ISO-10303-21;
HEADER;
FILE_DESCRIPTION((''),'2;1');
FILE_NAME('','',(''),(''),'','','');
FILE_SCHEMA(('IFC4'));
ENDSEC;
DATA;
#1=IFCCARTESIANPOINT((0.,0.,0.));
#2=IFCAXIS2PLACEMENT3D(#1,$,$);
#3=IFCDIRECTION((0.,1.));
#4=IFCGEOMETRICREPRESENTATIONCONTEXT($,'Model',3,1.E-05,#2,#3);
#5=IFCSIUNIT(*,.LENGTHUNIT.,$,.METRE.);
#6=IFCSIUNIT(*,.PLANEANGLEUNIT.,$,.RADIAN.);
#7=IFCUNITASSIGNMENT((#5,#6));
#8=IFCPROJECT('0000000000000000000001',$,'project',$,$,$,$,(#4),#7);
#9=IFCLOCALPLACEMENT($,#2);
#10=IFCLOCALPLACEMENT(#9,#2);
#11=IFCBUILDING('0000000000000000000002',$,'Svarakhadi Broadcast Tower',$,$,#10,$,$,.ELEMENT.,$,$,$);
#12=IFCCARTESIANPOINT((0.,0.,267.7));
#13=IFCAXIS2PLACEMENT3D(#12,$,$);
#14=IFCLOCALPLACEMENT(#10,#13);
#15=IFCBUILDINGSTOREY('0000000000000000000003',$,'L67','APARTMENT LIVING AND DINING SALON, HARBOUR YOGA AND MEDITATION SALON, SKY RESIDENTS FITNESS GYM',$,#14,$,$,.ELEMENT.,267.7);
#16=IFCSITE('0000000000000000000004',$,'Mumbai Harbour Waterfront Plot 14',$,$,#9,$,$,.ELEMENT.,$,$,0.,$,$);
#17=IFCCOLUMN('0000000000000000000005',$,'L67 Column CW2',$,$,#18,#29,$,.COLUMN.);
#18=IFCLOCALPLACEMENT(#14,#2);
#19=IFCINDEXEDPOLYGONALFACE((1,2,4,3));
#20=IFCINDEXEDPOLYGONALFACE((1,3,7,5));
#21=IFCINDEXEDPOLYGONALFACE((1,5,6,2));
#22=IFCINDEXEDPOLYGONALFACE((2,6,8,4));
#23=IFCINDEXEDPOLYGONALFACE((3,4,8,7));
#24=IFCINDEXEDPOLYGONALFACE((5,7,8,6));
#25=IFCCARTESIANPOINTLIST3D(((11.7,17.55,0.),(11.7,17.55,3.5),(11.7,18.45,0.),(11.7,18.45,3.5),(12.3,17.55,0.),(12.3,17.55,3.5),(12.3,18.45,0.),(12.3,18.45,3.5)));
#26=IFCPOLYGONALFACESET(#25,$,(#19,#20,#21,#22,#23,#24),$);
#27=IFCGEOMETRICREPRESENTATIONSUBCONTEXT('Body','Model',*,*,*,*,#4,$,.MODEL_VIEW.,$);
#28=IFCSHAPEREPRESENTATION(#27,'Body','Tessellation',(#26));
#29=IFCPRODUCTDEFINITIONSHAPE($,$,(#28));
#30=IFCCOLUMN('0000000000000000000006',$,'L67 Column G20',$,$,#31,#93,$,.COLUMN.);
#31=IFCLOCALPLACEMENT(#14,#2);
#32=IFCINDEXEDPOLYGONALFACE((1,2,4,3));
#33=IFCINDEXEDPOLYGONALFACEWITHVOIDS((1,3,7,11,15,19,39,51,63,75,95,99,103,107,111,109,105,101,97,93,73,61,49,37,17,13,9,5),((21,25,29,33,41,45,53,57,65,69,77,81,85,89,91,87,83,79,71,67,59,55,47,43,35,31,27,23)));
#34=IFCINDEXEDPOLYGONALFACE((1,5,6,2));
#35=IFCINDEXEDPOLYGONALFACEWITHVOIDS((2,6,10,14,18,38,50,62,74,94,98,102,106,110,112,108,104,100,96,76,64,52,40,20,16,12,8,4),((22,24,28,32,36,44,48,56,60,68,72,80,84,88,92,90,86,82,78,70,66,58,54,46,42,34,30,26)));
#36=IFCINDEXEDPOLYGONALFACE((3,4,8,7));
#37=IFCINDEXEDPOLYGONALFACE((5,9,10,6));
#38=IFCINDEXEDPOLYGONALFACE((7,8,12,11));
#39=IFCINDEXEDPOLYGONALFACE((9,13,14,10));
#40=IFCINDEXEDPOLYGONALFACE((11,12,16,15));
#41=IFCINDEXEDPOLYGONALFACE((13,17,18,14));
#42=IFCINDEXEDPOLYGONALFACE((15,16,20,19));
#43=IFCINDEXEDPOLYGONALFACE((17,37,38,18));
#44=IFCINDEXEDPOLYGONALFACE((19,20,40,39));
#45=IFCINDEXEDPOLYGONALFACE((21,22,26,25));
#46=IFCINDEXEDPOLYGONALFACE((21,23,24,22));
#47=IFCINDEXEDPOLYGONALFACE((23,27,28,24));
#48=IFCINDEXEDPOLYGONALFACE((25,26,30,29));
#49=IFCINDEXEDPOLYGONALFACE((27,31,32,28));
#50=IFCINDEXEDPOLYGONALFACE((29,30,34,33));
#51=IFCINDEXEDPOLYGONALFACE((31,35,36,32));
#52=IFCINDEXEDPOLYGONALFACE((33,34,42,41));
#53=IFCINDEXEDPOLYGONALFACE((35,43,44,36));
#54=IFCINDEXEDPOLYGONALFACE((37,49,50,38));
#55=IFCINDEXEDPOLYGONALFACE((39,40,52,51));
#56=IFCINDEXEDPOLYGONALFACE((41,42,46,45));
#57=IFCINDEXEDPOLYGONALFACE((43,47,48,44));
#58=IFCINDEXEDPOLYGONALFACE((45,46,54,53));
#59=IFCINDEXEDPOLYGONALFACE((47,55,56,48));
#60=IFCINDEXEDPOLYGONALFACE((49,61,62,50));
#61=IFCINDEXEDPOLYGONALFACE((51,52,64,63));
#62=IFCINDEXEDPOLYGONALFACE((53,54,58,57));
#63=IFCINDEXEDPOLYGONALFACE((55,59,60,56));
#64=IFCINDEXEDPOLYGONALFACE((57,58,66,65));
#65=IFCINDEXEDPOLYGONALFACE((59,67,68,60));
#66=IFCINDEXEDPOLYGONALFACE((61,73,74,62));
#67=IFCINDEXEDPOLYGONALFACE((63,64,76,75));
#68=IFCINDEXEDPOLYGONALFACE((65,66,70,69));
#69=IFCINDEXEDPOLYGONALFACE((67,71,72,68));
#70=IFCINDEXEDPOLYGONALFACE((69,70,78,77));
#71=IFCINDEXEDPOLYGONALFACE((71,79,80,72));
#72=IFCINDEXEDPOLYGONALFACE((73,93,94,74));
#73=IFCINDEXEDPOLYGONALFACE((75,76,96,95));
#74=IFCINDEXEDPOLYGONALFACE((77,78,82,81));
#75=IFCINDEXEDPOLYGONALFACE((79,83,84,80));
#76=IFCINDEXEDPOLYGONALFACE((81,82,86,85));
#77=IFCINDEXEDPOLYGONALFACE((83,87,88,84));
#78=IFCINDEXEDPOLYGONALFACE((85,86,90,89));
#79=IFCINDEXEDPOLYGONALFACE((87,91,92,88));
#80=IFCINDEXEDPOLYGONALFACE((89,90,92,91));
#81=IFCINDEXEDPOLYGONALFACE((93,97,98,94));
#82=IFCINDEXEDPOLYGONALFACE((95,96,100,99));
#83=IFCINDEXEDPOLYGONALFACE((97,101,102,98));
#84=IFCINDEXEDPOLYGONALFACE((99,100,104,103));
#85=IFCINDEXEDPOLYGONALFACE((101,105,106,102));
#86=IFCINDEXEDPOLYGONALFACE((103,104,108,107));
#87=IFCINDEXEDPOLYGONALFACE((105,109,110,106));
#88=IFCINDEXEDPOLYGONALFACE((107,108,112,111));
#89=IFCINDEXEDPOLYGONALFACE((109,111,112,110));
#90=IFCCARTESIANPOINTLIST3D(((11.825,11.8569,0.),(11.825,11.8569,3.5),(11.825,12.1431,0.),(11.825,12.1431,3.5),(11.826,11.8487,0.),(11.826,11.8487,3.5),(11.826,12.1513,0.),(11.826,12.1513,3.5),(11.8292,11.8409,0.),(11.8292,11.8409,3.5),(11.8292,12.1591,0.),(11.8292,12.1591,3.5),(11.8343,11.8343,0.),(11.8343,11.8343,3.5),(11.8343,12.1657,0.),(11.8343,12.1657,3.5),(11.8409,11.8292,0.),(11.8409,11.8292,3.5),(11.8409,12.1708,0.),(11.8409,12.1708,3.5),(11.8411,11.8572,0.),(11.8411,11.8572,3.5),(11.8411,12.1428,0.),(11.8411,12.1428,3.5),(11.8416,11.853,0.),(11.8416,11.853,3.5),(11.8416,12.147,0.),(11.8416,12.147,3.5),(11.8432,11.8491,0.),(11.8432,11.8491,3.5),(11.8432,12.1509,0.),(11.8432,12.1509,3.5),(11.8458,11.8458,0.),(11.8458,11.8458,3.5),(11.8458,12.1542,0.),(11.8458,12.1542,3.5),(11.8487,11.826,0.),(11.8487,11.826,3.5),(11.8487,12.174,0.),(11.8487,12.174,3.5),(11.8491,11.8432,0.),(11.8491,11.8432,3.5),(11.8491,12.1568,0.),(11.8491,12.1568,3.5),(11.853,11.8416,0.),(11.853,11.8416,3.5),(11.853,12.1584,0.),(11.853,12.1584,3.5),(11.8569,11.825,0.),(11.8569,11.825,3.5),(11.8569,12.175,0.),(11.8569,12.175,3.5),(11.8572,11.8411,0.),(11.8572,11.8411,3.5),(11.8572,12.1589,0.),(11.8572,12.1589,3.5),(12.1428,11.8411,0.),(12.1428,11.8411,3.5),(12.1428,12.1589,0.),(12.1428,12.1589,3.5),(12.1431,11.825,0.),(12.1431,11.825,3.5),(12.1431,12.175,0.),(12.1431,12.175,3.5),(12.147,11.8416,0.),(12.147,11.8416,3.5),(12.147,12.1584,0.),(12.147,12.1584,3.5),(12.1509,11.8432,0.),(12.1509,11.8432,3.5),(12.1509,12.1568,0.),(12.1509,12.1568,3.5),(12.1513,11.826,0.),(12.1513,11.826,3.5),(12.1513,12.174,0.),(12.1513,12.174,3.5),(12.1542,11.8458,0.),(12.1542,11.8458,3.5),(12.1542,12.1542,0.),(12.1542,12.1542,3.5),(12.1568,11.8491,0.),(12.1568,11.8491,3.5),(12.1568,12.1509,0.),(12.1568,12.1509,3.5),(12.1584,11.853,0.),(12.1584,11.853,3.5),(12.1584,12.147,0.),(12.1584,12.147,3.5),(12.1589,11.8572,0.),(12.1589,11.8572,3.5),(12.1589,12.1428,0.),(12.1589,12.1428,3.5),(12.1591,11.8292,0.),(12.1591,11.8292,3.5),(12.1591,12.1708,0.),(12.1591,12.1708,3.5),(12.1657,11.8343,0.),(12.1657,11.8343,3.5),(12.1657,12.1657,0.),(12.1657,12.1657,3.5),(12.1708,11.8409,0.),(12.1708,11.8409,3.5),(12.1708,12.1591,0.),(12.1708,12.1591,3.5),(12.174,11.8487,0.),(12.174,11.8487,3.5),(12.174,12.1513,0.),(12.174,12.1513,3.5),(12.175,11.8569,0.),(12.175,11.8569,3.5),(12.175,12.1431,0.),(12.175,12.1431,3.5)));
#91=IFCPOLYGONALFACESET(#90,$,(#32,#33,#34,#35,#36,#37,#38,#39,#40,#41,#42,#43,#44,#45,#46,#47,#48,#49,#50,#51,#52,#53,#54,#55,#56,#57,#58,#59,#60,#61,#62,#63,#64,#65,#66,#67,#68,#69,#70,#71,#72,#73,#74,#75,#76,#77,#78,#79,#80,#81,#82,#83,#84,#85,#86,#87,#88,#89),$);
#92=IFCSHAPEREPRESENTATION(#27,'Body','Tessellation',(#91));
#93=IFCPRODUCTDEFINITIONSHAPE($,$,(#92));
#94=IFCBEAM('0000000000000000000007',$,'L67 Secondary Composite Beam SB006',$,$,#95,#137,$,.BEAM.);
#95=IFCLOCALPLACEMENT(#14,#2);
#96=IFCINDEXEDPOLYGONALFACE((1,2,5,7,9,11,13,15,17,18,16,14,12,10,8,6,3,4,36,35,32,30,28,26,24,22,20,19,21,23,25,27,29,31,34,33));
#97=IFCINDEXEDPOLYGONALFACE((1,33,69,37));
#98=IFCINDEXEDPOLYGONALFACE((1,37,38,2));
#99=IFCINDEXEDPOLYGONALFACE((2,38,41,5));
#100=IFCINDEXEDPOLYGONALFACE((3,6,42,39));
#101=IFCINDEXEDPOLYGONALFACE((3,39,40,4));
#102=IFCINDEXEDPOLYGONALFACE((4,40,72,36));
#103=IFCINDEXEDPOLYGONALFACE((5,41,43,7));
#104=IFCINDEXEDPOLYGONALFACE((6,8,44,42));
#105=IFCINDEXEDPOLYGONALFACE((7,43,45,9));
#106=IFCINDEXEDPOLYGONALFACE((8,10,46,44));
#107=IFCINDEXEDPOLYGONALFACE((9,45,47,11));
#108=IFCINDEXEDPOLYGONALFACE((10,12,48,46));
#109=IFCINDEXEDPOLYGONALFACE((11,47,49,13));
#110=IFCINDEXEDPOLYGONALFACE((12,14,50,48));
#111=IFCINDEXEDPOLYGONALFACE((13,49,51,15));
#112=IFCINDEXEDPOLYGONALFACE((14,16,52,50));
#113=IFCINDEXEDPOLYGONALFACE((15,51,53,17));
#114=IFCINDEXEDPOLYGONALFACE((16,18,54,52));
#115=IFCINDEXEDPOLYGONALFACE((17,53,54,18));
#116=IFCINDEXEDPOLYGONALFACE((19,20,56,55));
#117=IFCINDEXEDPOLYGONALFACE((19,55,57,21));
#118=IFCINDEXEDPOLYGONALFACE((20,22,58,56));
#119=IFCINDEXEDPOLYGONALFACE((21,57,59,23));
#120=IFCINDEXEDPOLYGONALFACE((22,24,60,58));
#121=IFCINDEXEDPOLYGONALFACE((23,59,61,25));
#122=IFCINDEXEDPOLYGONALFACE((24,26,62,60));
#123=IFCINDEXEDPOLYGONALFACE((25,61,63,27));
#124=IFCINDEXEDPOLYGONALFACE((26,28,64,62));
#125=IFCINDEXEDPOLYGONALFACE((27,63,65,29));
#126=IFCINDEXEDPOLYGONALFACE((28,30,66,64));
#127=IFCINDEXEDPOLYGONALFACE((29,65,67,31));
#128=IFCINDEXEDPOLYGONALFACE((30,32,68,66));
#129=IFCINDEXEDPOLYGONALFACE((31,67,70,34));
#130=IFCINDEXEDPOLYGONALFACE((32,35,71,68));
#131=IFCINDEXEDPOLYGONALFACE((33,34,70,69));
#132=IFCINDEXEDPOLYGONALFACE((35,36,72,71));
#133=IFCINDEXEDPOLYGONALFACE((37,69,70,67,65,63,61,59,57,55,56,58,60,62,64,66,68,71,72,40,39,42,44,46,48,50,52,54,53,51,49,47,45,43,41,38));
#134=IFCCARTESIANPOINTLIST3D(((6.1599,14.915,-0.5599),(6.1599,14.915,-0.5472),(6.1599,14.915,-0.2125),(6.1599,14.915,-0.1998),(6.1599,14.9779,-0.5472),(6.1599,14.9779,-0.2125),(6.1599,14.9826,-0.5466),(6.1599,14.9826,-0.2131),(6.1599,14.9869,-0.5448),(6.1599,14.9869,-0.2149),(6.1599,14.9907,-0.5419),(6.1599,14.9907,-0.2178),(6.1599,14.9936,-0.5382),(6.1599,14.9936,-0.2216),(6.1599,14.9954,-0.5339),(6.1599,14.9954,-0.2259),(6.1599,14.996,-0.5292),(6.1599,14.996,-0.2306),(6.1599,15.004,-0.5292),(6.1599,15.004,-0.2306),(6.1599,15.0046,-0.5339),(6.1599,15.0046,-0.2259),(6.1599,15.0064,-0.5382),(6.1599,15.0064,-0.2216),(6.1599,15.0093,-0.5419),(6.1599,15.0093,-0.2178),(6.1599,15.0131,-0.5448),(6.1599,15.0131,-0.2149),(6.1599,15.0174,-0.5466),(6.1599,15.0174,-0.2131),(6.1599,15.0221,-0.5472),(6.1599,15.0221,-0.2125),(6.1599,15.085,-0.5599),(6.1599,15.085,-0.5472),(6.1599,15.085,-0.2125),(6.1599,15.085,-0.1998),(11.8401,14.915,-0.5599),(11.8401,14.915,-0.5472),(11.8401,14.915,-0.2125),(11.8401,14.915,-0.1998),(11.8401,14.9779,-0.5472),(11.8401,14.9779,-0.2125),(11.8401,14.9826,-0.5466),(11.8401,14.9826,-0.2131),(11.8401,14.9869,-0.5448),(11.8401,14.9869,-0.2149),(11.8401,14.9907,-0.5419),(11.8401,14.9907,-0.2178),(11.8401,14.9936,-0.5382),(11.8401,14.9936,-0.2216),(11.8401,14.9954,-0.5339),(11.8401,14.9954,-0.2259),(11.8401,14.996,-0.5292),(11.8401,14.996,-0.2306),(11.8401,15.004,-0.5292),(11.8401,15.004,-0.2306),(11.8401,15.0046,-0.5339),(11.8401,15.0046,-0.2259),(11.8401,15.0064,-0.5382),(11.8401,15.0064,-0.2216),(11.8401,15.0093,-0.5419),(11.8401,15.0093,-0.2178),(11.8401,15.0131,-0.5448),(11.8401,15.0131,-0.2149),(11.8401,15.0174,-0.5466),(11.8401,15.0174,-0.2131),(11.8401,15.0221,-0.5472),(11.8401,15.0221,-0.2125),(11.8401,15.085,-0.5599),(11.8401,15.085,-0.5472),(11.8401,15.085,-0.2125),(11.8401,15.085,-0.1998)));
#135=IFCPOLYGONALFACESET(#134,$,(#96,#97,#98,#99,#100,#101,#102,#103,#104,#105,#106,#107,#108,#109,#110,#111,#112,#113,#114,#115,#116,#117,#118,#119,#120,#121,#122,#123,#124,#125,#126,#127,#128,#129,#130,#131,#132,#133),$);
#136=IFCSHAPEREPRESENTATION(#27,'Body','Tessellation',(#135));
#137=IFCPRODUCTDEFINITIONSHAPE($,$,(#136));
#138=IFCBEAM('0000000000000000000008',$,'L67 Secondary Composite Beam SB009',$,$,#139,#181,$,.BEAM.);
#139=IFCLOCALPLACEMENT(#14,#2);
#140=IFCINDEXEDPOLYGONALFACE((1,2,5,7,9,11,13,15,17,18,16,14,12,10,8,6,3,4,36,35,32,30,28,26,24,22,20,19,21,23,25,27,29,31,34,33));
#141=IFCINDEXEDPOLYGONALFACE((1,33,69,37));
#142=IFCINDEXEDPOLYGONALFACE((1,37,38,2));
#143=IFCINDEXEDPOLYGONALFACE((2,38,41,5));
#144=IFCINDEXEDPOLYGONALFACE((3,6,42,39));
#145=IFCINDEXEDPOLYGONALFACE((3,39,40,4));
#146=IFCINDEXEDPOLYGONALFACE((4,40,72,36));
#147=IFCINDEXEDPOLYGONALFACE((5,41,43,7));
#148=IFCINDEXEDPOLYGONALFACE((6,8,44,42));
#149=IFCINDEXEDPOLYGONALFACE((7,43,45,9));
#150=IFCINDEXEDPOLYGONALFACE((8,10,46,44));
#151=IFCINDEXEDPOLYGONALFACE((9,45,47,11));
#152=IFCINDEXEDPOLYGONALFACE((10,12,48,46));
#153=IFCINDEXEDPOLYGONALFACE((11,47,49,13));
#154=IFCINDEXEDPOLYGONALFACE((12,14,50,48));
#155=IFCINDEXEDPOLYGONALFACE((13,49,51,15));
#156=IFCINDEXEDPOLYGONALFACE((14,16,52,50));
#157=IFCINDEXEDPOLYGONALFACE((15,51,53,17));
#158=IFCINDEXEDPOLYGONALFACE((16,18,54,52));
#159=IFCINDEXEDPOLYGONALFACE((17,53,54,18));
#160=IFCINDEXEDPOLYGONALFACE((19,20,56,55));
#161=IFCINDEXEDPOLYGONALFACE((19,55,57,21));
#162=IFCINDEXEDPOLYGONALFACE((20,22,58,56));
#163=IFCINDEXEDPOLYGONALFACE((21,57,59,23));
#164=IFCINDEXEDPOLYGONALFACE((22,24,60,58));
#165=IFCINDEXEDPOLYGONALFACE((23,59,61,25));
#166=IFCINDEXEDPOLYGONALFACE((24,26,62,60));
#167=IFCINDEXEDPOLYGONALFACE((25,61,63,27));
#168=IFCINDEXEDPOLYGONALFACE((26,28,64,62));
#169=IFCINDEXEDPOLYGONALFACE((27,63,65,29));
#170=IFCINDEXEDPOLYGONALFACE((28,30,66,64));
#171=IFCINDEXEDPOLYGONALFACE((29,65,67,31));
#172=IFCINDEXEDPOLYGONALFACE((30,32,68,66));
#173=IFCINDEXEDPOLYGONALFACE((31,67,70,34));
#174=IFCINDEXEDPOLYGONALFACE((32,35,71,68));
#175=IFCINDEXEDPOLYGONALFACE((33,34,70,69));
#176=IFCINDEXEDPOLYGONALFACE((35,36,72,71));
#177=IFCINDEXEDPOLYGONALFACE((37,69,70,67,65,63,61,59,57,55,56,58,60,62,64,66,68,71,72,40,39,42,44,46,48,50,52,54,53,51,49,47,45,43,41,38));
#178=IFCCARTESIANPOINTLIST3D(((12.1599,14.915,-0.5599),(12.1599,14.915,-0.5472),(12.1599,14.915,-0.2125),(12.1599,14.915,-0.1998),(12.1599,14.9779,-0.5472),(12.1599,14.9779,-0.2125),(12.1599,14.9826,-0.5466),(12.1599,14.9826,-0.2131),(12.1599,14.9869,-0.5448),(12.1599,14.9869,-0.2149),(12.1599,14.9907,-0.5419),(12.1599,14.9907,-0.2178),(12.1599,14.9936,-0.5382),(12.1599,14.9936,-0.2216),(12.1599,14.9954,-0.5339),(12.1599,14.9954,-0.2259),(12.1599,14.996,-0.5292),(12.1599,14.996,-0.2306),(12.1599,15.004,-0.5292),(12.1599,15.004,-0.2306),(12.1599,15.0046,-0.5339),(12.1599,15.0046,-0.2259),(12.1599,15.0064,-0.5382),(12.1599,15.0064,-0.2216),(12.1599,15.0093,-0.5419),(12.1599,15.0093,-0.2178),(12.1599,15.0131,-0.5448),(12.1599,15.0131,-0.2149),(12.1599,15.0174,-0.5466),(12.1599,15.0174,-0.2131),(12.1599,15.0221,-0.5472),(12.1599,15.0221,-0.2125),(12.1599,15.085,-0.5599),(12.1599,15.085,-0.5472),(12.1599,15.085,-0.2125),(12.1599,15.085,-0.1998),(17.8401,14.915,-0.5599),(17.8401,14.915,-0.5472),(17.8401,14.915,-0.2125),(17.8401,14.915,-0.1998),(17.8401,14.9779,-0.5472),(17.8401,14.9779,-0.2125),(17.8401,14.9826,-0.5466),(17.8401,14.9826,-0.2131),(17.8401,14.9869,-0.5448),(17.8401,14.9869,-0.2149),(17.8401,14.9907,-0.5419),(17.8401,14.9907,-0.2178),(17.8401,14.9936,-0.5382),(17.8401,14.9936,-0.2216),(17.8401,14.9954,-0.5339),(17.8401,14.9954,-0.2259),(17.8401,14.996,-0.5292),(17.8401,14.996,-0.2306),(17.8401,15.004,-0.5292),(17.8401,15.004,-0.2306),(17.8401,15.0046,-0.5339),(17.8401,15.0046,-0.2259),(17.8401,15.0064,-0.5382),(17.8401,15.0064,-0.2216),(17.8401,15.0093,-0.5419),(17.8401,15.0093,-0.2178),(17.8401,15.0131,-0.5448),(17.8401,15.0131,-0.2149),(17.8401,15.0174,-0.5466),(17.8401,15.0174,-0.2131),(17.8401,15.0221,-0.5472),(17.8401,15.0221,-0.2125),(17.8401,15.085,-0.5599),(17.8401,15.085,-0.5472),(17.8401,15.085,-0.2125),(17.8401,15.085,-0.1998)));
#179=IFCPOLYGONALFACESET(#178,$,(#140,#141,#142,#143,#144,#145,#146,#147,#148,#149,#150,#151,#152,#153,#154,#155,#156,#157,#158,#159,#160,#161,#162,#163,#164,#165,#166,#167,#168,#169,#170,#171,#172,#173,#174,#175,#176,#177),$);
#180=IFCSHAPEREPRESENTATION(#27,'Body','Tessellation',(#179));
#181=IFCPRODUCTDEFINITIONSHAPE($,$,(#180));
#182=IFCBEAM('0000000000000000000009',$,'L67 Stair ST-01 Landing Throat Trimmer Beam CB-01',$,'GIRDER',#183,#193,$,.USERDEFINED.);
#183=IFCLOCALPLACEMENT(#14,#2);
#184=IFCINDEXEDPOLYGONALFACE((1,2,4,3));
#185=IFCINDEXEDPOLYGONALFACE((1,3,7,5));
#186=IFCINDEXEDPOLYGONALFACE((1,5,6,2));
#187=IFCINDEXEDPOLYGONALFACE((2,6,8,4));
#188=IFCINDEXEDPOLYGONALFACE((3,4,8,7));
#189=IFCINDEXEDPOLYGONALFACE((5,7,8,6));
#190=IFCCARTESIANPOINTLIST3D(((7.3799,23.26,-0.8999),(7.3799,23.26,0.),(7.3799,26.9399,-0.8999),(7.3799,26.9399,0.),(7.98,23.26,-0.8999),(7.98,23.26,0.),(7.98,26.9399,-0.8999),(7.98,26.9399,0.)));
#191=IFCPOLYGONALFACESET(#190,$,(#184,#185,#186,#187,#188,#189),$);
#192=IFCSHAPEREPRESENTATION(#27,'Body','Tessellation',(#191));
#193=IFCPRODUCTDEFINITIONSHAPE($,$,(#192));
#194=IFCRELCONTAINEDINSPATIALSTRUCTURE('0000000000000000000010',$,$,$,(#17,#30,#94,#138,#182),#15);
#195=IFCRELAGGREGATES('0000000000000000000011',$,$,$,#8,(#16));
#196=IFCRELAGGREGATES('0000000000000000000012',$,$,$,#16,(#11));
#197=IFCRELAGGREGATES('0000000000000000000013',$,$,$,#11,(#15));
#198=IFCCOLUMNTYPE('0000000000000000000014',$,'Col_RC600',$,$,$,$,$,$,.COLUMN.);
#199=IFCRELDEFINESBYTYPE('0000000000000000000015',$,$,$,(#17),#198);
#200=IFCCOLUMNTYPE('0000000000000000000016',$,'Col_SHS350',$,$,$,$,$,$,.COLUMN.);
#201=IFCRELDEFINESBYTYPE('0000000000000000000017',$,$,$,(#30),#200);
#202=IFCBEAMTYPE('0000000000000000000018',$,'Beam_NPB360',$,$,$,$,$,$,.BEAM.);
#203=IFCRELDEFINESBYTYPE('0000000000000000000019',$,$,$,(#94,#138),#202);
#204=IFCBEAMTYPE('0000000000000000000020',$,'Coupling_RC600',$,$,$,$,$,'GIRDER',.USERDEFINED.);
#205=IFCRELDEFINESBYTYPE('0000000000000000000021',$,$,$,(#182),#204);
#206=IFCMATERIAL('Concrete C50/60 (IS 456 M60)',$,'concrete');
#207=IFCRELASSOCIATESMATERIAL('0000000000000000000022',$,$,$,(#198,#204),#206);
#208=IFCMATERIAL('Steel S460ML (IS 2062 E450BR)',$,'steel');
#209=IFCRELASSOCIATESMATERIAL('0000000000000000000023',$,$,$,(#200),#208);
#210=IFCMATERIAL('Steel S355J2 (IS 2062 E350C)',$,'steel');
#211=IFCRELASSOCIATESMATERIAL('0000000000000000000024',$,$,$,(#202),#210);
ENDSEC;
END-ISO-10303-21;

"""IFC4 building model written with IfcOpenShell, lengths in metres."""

from ifc_helpers import new_model, si_unit, direction, frame, origin, origin_2d, place, context, subcontext, project, spatial, rectangle, hollow_rectangle, i_section, extrude, material, material_profile, profile_set, type_object, element, save


model = new_model("IFC4")

# Units and contexts
model_context = context("Model", 3, precision=1e-05, world=origin(), true_north=direction((0.0, 1.0)))
body_context = subcontext(model_context, "Body", "Model", "MODEL_VIEW")
ifc_project = project(units=[si_unit("LENGTHUNIT", "METRE"), si_unit("PLANEANGLEUNIT", "RADIAN")], contexts=[model_context])

# Site, building, storey
site_placement = place(None, origin())
site = spatial("IfcSite", under=ifc_project, at=site_placement, Name="Mumbai Harbour Waterfront Plot 14", CompositionType="ELEMENT", RefElevation=0.0)
building_placement = place(site_placement, origin())
building = spatial("IfcBuilding", under=site, at=building_placement, Name="Svarakhadi Broadcast Tower", CompositionType="ELEMENT")
storey_placement = place(building_placement, frame((0.0, 0.0, 267.7)))
storey = spatial("IfcBuildingStorey", under=building, at=storey_placement, Name="L67", Description="APARTMENT LIVING AND DINING SALON, HARBOUR YOGA AND MEDITATION SALON, SKY RESIDENTS FITNESS GYM", CompositionType="ELEMENT", Elevation=267.7)

# Columns
ifc_material_1 = material(Name="Concrete C50/60 (IS 456 M60)", Category="concrete")
ifc_material_profile_1 = material_profile(ifc_material_1, rectangle(XDim=0.6001, YDim=0.8999, at=origin_2d()), Name="RC 600x900")
ifc_profile_set_1 = profile_set([ifc_material_profile_1], Name="Concrete C50/60 (IS 456 M60)")
column_type_1 = type_object("IfcColumnType", Name="Col_RC600", PredefinedType="COLUMN", material=ifc_profile_set_1)
column_1_placement = place(storey_placement, frame((12.0, 18.0, 0.0), z_axis=(0.0, 0.0, 1.0), x_axis=(1.0, 0.0, 0.0)))
element("IfcColumn", 1, at=column_1_placement, inside=storey, type_object=column_type_1, Name="L67 Column CW2", PredefinedType="COLUMN", context=body_context, shape_type="SweptSolid", body=[
    extrude(rectangle(XDim=0.6001, YDim=0.8999, at=origin_2d()), origin(), (0.0, 0.0, 1.0), 3.5),
])
ifc_material_2 = material(Name="Steel S460ML (IS 2062 E450BR)", Category="steel")
ifc_material_profile_2 = material_profile(ifc_material_2, hollow_rectangle(XDim=0.3501, YDim=0.3501, WallThickness=0.0161, InnerFilletRadius=0.0161, OuterFilletRadius=0.032, at=origin_2d()), Name="SHS 350x350x16")
ifc_profile_set_2 = profile_set([ifc_material_profile_2], Name="Steel S460ML (IS 2062 E450BR)")
column_type_2 = type_object("IfcColumnType", Name="Col_SHS350", PredefinedType="COLUMN", material=ifc_profile_set_2)
column_2_placement = place(storey_placement, frame((12.0, 12.0, 0.0), z_axis=(0.0, 0.0, 1.0), x_axis=(1.0, 0.0, 0.0)))
element("IfcColumn", 2, at=column_2_placement, inside=storey, type_object=column_type_2, Name="L67 Column G20", PredefinedType="COLUMN", context=body_context, shape_type="SweptSolid", body=[
    extrude(hollow_rectangle(XDim=0.3501, YDim=0.3501, WallThickness=0.0161, InnerFilletRadius=0.0161, OuterFilletRadius=0.032, at=origin_2d()), origin(), (0.0, 0.0, 1.0), 3.5),
])

# Beams
ifc_material_3 = material(Name="Steel S355J2 (IS 2062 E350C)", Category="steel")
ifc_material_profile_3 = material_profile(ifc_material_3, i_section(OverallWidth=0.1699, OverallDepth=0.3601, WebThickness=0.0081, FlangeThickness=0.0127, FilletRadius=0.0181, at=origin_2d()), Name="NPB 360x170x57")
ifc_profile_set_3 = profile_set([ifc_material_profile_3], Name="Steel S355J2 (IS 2062 E350C)")
beam_type_1 = type_object("IfcBeamType", Name="Beam_NPB360", PredefinedType="BEAM", material=ifc_profile_set_3)
for number, where, z_axis, x_axis, name in (
    (3, (6.1599, 15.0, -0.3799), (1.0, 0.0, 0.0), (0.0, 1.0, 0.0), "L67 Secondary Composite Beam SB006"),
    (4, (12.1599, 15.0, -0.3799), (1.0, 0.0, 0.0), (0.0, 1.0, 0.0), "L67 Secondary Composite Beam SB009"),
):
    element("IfcBeam", number, at=place(storey_placement, frame(where, z_axis=z_axis, x_axis=x_axis)), inside=storey, type_object=beam_type_1, Name=name, PredefinedType="BEAM", context=body_context, shape_type="SweptSolid", body=[
        extrude(i_section(OverallWidth=0.1699, OverallDepth=0.3601, WebThickness=0.0081, FlangeThickness=0.0127, FilletRadius=0.0181, at=origin_2d()), origin(), (0.0, 0.0, 1.0), 5.6802),
    ])
ifc_material_profile_4 = material_profile(ifc_material_1, rectangle(XDim=0.6001, YDim=0.8999, at=origin_2d()), Name="RC 600x900")
ifc_profile_set_4 = profile_set([ifc_material_profile_4], Name="Concrete C50/60 (IS 456 M60)")
beam_type_2 = type_object("IfcBeamType", Name="Coupling_RC600", ElementType="GIRDER", PredefinedType="USERDEFINED", material=ifc_profile_set_4)
beam_placement = place(storey_placement, frame((7.6799, 23.26, -0.45), z_axis=(0.0, 1.0, 0.0), x_axis=(-1.0, 0.0, 0.0)))
element("IfcBeam", 5, at=beam_placement, inside=storey, type_object=beam_type_2, Name="L67 Stair ST-01 Landing Throat Trimmer Beam CB-01", ObjectType="GIRDER", PredefinedType="USERDEFINED", context=body_context, shape_type="SweptSolid", body=[
    extrude(rectangle(XDim=0.6001, YDim=0.8999, at=origin_2d()), origin(), (0.0, 0.0, 1.0), 3.6799),
])

save(model, "model.ifc")
